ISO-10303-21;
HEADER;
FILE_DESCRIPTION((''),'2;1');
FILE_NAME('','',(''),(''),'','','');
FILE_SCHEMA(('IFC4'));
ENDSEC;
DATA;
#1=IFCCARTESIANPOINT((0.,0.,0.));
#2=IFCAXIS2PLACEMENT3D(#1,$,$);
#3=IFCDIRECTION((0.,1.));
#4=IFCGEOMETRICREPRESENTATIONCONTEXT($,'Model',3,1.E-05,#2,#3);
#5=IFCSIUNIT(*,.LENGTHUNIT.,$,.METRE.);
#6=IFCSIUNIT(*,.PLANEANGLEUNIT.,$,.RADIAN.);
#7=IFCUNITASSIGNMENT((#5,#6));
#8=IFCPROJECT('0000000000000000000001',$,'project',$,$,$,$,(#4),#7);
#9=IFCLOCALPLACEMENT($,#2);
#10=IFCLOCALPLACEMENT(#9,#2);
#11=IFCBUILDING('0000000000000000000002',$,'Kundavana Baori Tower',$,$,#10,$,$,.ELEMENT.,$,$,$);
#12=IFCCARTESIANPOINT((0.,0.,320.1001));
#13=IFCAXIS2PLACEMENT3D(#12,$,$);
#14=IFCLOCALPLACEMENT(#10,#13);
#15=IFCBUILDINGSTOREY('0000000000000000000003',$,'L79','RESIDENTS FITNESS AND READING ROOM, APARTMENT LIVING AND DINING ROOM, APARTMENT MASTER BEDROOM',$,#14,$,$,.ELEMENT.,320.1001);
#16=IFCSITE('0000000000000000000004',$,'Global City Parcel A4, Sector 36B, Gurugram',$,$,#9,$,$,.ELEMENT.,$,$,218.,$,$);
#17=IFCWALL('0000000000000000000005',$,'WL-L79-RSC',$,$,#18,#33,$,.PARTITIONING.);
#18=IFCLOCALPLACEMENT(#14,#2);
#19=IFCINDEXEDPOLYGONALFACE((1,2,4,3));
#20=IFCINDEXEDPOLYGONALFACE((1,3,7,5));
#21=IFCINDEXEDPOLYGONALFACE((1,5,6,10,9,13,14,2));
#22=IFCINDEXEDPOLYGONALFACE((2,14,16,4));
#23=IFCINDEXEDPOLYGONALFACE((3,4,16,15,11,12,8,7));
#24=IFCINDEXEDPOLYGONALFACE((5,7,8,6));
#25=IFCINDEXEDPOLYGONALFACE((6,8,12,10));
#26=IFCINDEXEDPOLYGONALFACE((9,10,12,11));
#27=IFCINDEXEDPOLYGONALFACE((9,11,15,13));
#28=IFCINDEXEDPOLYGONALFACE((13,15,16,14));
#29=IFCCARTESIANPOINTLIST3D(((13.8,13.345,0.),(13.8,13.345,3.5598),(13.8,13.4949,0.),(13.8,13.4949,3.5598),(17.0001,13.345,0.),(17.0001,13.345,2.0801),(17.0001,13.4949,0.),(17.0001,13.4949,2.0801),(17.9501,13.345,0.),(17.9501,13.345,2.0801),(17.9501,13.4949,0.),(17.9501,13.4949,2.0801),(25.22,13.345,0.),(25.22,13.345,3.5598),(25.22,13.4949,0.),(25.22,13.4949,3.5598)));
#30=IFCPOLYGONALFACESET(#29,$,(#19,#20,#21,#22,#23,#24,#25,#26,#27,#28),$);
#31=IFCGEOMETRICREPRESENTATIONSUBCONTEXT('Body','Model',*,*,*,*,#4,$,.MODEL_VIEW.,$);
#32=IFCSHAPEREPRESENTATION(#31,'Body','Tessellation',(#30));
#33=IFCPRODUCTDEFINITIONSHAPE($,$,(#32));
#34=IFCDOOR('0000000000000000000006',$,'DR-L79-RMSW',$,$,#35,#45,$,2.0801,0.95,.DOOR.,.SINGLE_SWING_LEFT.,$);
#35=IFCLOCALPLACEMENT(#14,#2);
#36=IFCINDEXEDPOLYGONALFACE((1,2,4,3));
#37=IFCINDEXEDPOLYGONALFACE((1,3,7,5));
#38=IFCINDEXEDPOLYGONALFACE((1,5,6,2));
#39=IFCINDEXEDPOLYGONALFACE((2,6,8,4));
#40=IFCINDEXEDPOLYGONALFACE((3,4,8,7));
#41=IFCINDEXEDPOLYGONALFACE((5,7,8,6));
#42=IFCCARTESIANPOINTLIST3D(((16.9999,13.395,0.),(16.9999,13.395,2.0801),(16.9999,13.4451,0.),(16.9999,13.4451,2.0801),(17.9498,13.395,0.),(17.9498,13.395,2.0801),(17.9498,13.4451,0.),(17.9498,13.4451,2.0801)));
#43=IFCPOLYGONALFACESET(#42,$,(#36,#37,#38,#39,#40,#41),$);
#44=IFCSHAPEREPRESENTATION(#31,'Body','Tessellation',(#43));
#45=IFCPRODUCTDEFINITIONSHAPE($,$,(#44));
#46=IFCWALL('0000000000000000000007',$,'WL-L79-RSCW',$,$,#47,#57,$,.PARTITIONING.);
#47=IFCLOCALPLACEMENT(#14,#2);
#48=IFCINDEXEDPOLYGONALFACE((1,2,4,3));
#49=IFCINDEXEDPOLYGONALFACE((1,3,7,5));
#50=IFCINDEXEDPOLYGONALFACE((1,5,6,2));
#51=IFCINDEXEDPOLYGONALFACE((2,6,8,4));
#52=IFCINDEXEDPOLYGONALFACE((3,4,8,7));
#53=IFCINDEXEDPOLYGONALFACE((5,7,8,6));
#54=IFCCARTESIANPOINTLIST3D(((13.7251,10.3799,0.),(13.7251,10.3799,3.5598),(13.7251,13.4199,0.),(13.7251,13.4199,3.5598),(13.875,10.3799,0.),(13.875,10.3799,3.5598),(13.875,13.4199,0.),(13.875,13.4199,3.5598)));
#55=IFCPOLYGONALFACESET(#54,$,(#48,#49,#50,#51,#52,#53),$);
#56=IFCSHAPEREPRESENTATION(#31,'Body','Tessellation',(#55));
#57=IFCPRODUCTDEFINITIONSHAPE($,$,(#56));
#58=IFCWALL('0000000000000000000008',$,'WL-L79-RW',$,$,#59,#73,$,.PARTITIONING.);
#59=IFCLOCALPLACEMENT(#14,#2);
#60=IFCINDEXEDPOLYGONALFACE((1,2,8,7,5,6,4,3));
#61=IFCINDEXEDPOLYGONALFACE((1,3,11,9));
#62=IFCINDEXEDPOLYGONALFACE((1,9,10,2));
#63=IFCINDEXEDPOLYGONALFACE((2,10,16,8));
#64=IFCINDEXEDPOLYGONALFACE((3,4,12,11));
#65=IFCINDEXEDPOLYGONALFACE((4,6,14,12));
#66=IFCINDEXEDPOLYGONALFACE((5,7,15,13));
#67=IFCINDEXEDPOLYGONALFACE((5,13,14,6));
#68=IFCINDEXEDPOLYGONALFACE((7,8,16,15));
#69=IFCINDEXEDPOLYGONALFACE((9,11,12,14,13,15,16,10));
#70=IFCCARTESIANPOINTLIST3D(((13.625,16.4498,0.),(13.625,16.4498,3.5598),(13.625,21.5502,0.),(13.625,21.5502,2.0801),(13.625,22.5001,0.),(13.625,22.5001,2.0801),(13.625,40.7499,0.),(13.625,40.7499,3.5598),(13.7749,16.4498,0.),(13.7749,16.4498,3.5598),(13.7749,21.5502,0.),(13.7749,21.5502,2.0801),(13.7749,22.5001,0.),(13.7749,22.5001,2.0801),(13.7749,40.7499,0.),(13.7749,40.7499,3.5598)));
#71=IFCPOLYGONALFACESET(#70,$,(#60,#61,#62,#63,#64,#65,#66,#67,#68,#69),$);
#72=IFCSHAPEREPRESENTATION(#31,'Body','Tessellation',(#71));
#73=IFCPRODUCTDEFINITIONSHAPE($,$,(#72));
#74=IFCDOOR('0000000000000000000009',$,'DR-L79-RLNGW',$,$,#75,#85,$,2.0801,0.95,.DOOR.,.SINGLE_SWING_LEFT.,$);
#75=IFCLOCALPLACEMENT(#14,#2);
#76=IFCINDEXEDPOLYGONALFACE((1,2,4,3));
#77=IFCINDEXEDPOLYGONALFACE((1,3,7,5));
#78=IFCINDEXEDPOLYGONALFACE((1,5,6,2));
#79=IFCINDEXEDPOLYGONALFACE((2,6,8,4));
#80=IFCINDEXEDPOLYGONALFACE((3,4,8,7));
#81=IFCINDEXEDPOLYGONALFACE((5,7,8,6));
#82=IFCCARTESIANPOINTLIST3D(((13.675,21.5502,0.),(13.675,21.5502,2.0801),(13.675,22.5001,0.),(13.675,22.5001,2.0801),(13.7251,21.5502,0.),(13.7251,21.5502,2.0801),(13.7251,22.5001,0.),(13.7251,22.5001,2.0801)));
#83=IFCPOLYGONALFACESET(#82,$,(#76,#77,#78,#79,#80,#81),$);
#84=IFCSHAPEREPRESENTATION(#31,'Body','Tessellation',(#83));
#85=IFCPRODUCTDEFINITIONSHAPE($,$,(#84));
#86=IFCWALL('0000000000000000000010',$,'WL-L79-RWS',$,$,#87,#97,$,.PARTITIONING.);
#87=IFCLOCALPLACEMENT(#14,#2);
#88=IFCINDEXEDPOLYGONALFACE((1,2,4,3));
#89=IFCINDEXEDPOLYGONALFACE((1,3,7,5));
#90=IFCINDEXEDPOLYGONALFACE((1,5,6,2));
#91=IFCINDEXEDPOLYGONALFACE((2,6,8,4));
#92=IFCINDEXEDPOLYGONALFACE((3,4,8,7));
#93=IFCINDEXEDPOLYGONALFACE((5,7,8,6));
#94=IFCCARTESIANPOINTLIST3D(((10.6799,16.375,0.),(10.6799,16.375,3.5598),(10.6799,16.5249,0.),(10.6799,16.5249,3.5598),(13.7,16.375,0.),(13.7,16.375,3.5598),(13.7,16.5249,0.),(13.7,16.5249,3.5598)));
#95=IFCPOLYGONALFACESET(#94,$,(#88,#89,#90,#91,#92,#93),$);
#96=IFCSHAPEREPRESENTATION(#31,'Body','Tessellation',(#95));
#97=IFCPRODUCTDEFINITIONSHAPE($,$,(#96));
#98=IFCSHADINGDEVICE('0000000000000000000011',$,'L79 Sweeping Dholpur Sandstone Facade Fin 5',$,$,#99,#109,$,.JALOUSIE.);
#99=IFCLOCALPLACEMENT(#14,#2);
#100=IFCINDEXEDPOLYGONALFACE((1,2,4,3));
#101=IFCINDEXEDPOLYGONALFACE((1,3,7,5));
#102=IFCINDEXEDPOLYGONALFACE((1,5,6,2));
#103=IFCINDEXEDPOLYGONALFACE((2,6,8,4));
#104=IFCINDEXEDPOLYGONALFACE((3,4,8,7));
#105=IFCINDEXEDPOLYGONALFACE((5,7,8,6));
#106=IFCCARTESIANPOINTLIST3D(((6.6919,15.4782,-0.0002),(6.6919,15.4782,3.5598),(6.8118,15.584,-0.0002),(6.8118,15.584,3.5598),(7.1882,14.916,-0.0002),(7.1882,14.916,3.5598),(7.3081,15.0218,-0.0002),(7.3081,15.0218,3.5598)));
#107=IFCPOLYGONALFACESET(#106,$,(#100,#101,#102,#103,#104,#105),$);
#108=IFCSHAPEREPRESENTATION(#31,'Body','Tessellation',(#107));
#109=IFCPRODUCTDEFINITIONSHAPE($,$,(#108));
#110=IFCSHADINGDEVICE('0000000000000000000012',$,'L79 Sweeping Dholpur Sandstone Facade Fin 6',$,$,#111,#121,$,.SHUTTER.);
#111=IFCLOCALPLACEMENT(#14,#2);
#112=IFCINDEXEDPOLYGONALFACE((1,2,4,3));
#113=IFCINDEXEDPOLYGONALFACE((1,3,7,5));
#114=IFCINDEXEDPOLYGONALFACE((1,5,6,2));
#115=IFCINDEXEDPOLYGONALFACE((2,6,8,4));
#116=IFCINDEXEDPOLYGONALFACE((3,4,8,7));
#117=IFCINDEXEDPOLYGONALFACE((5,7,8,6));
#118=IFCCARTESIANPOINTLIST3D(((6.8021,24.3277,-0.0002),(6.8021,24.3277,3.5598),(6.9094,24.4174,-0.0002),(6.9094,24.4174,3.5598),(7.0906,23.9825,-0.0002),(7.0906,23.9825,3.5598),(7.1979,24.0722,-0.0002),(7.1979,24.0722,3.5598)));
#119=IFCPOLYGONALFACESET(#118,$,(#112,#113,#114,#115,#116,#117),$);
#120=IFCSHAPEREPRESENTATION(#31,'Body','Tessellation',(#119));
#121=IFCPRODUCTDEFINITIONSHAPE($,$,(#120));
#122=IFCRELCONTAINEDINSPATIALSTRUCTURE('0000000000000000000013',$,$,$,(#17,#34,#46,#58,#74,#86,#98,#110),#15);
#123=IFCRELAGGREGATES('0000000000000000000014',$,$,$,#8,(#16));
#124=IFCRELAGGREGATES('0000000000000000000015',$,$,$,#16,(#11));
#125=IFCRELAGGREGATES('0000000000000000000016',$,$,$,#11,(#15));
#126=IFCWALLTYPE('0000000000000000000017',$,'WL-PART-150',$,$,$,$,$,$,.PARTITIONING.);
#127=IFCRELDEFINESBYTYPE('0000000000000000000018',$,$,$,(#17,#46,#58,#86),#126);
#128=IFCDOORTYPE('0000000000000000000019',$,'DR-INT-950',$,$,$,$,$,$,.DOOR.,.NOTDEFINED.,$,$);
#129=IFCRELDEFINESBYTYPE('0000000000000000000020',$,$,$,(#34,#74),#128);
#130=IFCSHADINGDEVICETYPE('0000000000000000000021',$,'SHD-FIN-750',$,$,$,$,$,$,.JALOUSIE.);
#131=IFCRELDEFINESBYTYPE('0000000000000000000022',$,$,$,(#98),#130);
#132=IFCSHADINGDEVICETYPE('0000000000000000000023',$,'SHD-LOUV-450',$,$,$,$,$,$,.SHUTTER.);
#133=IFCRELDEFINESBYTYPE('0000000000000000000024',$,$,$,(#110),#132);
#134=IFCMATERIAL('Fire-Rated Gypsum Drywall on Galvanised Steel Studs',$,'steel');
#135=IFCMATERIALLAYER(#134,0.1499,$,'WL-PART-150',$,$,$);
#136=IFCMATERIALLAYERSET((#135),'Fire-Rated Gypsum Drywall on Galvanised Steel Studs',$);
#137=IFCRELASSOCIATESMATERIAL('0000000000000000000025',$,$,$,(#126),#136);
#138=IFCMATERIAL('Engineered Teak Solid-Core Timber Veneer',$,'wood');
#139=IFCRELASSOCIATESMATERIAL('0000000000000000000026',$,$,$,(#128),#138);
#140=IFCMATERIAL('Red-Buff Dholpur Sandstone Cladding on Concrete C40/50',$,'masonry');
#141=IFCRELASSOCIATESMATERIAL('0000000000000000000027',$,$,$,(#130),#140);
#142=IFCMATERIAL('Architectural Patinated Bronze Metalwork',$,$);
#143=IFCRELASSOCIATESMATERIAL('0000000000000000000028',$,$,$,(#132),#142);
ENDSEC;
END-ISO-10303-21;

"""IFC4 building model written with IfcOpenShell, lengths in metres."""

from ifc_helpers import new_model, si_unit, direction, frame, frame_2d, origin, origin_2d, place, context, subcontext, project, spatial, rectangle, extrude, material, layer, layer_set, type_object, element, fill, save


model = new_model("IFC4")

# Units and contexts
model_context = context("Model", 3, precision=1e-05, world=origin(), true_north=direction((0.0, 1.0)))
body_context = subcontext(model_context, "Body", "Model", "MODEL_VIEW")
ifc_project = project(units=[si_unit("LENGTHUNIT", "METRE"), si_unit("PLANEANGLEUNIT", "RADIAN")], contexts=[model_context])

# Site, building, storey
site_placement = place(None, origin())
site = spatial("IfcSite", under=ifc_project, at=site_placement, Name="Global City Parcel A4, Sector 36B, Gurugram", CompositionType="ELEMENT", RefElevation=218.0)
building_placement = place(site_placement, origin())
building = spatial("IfcBuilding", under=site, at=building_placement, Name="Kundavana Baori Tower", CompositionType="ELEMENT")
storey_placement = place(building_placement, frame((0.0, 0.0, 320.1001)))
storey = spatial("IfcBuildingStorey", under=building, at=storey_placement, Name="L79", Description="RESIDENTS FITNESS AND READING ROOM, APARTMENT LIVING AND DINING ROOM, APARTMENT MASTER BEDROOM", CompositionType="ELEMENT", Elevation=320.1001)

# Wall, opening, door
ifc_material_1 = material(Name="Fire-Rated Gypsum Drywall on Galvanised Steel Studs", Category="steel")
ifc_layer_1 = layer(ifc_material_1, 0.1499, Name="WL-PART-150")
ifc_layer_set_1 = layer_set([ifc_layer_1], Name="Fire-Rated Gypsum Drywall on Galvanised Steel Studs")
wall_type_1 = type_object("IfcWallType", Name="WL-PART-150", PredefinedType="PARTITIONING", material=ifc_layer_set_1)
wall_1_placement = place(storey_placement, frame((13.8, 13.4199, 0.0), z_axis=(0.0, 0.0, 1.0), x_axis=(1.0, 0.0, 0.0)))
wall_1 = element("IfcWall", 1, at=wall_1_placement, inside=storey, type_object=wall_type_1, Name="WL-L79-RSC", PredefinedType="PARTITIONING", context=body_context, shape_type="SweptSolid", body=[
    extrude(rectangle(XDim=11.4199, YDim=0.1499, at=frame_2d((5.71, 0.0))), origin(), (0.0, 0.0, 1.0), 3.5598),
])
opening_1_placement = place(wall_1_placement, frame((3.2, 0.0, 0.0)))
opening_1 = element("IfcOpeningElement", 2, at=opening_1_placement, cuts=wall_1, PredefinedType="OPENING", context=body_context, shape_type="SweptSolid", body=[
    extrude(rectangle(XDim=0.95, YDim=2.0801, at=frame_2d((0.4751, 1.04))), frame((0.0, 0.085, 0.0), z_axis=(0.0, -1.0, 0.0), x_axis=(1.0, 0.0, 0.0)), (0.0, 0.0, 1.0), 0.1699),
])
ifc_material_2 = material(Name="Engineered Teak Solid-Core Timber Veneer", Category="wood")
door_type_1 = type_object("IfcDoorType", Name="DR-INT-950", OperationType="NOTDEFINED", PredefinedType="DOOR", material=ifc_material_2)
door_1_placement = place(opening_1_placement, frame((0.95, 0.0, 0.0), z_axis=(0.0, 0.0, 1.0), x_axis=(-1.0, 0.0, 0.0)))
door_1 = element("IfcDoor", 3, at=door_1_placement, inside=storey, type_object=door_type_1, Name="DR-L79-RMSW", OperationType="SINGLE_SWING_LEFT", OverallHeight=2.0801, OverallWidth=0.95, PredefinedType="DOOR", context=body_context, shape_type="SweptSolid", body=[
    extrude(rectangle(XDim=0.95, YDim=2.0801, at=frame_2d((0.4751, 1.04))), frame((0.0, 0.0249, 0.0), z_axis=(0.0, -1.0, 0.0), x_axis=(1.0, 0.0, 0.0)), (0.0, 0.0, 1.0), 0.05),
])
fill(opening_1, door_1)

# Wall
wall_2_placement = place(storey_placement, frame((13.8, 10.3799, 0.0), z_axis=(0.0, 0.0, 1.0), x_axis=(0.0, 1.0, 0.0)))
element("IfcWall", 4, at=wall_2_placement, inside=storey, type_object=wall_type_1, Name="WL-L79-RSCW", PredefinedType="PARTITIONING", context=body_context, shape_type="SweptSolid", body=[
    extrude(rectangle(XDim=3.04, YDim=0.1499, at=frame_2d((1.52, 0.0))), origin(), (0.0, 0.0, 1.0), 3.5598),
])

# Wall, opening, door
wall_3_placement = place(storey_placement, frame((13.7, 16.45, 0.0), z_axis=(0.0, 0.0, 1.0), x_axis=(0.0, 1.0, 0.0)))
wall_3 = element("IfcWall", 5, at=wall_3_placement, inside=storey, type_object=wall_type_1, Name="WL-L79-RW", PredefinedType="PARTITIONING", context=body_context, shape_type="SweptSolid", body=[
    extrude(rectangle(XDim=24.3, YDim=0.1499, at=frame_2d((12.1499, 0.0))), origin(), (0.0, 0.0, 1.0), 3.5598),
])
opening_2_placement = place(wall_3_placement, frame((5.1001, 0.0, 0.0)))
opening_2 = element("IfcOpeningElement", 6, at=opening_2_placement, cuts=wall_3, PredefinedType="OPENING", context=body_context, shape_type="SweptSolid", body=[
    extrude(rectangle(XDim=0.95, YDim=2.0801, at=frame_2d((0.4751, 1.04))), frame((0.0, 0.085, 0.0), z_axis=(0.0, -1.0, 0.0), x_axis=(1.0, 0.0, 0.0)), (0.0, 0.0, 1.0), 0.1699),
])
door_2_placement = place(opening_2_placement, origin())
door_2 = element("IfcDoor", 7, at=door_2_placement, inside=storey, type_object=door_type_1, Name="DR-L79-RLNGW", OperationType="SINGLE_SWING_LEFT", OverallHeight=2.0801, OverallWidth=0.95, PredefinedType="DOOR", context=body_context, shape_type="SweptSolid", body=[
    extrude(rectangle(XDim=0.95, YDim=2.0801, at=frame_2d((0.4751, 1.04))), frame((0.0, 0.0249, 0.0), z_axis=(0.0, -1.0, 0.0), x_axis=(1.0, 0.0, 0.0)), (0.0, 0.0, 1.0), 0.05),
])
fill(opening_2, door_2)

# Wall
wall_4_placement = place(storey_placement, frame((10.6799, 16.45, 0.0), z_axis=(0.0, 0.0, 1.0), x_axis=(1.0, 0.0, 0.0)))
element("IfcWall", 8, at=wall_4_placement, inside=storey, type_object=wall_type_1, Name="WL-L79-RWS", PredefinedType="PARTITIONING", context=body_context, shape_type="SweptSolid", body=[
    extrude(rectangle(XDim=3.02, YDim=0.1499, at=frame_2d((1.51, 0.0))), origin(), (0.0, 0.0, 1.0), 3.5598),
])

# Shading devices
ifc_material_3 = material(Name="Red-Buff Dholpur Sandstone Cladding on Concrete C40/50", Category="masonry")
shading_device_type_1 = type_object("IfcShadingDeviceType", Name="SHD-FIN-750", PredefinedType="JALOUSIE", material=ifc_material_3)
shading_device_1_placement = place(storey_placement, frame((7.0, 15.25, -0.0002), z_axis=(0.0, 0.0, 1.0), x_axis=(0.749649, 0.661835, 0.0)))
element("IfcShadingDevice", 9, at=shading_device_1_placement, inside=storey, type_object=shading_device_type_1, Name="L79 Sweeping Dholpur Sandstone Facade Fin 5", PredefinedType="JALOUSIE", context=body_context, shape_type="SweptSolid", body=[
    extrude(rectangle(XDim=0.1599, YDim=0.75, at=origin_2d()), origin(), (0.0, 0.0, 1.0), 3.5601),
])
ifc_material_4 = material(Name="Architectural Patinated Bronze Metalwork")
shading_device_type_2 = type_object("IfcShadingDeviceType", Name="SHD-LOUV-450", PredefinedType="SHUTTER", material=ifc_material_4)
shading_device_2_placement = place(storey_placement, frame((7.0, 24.2, -0.0002), z_axis=(0.0, 0.0, 1.0), x_axis=(0.767389, 0.641182, 0.0)))
element("IfcShadingDevice", 10, at=shading_device_2_placement, inside=storey, type_object=shading_device_type_2, Name="L79 Sweeping Dholpur Sandstone Facade Fin 6", PredefinedType="SHUTTER", context=body_context, shape_type="SweptSolid", body=[
    extrude(rectangle(XDim=0.1399, YDim=0.45, at=origin_2d()), origin(), (0.0, 0.0, 1.0), 3.5601),
])

save(model, "model.ifc")
